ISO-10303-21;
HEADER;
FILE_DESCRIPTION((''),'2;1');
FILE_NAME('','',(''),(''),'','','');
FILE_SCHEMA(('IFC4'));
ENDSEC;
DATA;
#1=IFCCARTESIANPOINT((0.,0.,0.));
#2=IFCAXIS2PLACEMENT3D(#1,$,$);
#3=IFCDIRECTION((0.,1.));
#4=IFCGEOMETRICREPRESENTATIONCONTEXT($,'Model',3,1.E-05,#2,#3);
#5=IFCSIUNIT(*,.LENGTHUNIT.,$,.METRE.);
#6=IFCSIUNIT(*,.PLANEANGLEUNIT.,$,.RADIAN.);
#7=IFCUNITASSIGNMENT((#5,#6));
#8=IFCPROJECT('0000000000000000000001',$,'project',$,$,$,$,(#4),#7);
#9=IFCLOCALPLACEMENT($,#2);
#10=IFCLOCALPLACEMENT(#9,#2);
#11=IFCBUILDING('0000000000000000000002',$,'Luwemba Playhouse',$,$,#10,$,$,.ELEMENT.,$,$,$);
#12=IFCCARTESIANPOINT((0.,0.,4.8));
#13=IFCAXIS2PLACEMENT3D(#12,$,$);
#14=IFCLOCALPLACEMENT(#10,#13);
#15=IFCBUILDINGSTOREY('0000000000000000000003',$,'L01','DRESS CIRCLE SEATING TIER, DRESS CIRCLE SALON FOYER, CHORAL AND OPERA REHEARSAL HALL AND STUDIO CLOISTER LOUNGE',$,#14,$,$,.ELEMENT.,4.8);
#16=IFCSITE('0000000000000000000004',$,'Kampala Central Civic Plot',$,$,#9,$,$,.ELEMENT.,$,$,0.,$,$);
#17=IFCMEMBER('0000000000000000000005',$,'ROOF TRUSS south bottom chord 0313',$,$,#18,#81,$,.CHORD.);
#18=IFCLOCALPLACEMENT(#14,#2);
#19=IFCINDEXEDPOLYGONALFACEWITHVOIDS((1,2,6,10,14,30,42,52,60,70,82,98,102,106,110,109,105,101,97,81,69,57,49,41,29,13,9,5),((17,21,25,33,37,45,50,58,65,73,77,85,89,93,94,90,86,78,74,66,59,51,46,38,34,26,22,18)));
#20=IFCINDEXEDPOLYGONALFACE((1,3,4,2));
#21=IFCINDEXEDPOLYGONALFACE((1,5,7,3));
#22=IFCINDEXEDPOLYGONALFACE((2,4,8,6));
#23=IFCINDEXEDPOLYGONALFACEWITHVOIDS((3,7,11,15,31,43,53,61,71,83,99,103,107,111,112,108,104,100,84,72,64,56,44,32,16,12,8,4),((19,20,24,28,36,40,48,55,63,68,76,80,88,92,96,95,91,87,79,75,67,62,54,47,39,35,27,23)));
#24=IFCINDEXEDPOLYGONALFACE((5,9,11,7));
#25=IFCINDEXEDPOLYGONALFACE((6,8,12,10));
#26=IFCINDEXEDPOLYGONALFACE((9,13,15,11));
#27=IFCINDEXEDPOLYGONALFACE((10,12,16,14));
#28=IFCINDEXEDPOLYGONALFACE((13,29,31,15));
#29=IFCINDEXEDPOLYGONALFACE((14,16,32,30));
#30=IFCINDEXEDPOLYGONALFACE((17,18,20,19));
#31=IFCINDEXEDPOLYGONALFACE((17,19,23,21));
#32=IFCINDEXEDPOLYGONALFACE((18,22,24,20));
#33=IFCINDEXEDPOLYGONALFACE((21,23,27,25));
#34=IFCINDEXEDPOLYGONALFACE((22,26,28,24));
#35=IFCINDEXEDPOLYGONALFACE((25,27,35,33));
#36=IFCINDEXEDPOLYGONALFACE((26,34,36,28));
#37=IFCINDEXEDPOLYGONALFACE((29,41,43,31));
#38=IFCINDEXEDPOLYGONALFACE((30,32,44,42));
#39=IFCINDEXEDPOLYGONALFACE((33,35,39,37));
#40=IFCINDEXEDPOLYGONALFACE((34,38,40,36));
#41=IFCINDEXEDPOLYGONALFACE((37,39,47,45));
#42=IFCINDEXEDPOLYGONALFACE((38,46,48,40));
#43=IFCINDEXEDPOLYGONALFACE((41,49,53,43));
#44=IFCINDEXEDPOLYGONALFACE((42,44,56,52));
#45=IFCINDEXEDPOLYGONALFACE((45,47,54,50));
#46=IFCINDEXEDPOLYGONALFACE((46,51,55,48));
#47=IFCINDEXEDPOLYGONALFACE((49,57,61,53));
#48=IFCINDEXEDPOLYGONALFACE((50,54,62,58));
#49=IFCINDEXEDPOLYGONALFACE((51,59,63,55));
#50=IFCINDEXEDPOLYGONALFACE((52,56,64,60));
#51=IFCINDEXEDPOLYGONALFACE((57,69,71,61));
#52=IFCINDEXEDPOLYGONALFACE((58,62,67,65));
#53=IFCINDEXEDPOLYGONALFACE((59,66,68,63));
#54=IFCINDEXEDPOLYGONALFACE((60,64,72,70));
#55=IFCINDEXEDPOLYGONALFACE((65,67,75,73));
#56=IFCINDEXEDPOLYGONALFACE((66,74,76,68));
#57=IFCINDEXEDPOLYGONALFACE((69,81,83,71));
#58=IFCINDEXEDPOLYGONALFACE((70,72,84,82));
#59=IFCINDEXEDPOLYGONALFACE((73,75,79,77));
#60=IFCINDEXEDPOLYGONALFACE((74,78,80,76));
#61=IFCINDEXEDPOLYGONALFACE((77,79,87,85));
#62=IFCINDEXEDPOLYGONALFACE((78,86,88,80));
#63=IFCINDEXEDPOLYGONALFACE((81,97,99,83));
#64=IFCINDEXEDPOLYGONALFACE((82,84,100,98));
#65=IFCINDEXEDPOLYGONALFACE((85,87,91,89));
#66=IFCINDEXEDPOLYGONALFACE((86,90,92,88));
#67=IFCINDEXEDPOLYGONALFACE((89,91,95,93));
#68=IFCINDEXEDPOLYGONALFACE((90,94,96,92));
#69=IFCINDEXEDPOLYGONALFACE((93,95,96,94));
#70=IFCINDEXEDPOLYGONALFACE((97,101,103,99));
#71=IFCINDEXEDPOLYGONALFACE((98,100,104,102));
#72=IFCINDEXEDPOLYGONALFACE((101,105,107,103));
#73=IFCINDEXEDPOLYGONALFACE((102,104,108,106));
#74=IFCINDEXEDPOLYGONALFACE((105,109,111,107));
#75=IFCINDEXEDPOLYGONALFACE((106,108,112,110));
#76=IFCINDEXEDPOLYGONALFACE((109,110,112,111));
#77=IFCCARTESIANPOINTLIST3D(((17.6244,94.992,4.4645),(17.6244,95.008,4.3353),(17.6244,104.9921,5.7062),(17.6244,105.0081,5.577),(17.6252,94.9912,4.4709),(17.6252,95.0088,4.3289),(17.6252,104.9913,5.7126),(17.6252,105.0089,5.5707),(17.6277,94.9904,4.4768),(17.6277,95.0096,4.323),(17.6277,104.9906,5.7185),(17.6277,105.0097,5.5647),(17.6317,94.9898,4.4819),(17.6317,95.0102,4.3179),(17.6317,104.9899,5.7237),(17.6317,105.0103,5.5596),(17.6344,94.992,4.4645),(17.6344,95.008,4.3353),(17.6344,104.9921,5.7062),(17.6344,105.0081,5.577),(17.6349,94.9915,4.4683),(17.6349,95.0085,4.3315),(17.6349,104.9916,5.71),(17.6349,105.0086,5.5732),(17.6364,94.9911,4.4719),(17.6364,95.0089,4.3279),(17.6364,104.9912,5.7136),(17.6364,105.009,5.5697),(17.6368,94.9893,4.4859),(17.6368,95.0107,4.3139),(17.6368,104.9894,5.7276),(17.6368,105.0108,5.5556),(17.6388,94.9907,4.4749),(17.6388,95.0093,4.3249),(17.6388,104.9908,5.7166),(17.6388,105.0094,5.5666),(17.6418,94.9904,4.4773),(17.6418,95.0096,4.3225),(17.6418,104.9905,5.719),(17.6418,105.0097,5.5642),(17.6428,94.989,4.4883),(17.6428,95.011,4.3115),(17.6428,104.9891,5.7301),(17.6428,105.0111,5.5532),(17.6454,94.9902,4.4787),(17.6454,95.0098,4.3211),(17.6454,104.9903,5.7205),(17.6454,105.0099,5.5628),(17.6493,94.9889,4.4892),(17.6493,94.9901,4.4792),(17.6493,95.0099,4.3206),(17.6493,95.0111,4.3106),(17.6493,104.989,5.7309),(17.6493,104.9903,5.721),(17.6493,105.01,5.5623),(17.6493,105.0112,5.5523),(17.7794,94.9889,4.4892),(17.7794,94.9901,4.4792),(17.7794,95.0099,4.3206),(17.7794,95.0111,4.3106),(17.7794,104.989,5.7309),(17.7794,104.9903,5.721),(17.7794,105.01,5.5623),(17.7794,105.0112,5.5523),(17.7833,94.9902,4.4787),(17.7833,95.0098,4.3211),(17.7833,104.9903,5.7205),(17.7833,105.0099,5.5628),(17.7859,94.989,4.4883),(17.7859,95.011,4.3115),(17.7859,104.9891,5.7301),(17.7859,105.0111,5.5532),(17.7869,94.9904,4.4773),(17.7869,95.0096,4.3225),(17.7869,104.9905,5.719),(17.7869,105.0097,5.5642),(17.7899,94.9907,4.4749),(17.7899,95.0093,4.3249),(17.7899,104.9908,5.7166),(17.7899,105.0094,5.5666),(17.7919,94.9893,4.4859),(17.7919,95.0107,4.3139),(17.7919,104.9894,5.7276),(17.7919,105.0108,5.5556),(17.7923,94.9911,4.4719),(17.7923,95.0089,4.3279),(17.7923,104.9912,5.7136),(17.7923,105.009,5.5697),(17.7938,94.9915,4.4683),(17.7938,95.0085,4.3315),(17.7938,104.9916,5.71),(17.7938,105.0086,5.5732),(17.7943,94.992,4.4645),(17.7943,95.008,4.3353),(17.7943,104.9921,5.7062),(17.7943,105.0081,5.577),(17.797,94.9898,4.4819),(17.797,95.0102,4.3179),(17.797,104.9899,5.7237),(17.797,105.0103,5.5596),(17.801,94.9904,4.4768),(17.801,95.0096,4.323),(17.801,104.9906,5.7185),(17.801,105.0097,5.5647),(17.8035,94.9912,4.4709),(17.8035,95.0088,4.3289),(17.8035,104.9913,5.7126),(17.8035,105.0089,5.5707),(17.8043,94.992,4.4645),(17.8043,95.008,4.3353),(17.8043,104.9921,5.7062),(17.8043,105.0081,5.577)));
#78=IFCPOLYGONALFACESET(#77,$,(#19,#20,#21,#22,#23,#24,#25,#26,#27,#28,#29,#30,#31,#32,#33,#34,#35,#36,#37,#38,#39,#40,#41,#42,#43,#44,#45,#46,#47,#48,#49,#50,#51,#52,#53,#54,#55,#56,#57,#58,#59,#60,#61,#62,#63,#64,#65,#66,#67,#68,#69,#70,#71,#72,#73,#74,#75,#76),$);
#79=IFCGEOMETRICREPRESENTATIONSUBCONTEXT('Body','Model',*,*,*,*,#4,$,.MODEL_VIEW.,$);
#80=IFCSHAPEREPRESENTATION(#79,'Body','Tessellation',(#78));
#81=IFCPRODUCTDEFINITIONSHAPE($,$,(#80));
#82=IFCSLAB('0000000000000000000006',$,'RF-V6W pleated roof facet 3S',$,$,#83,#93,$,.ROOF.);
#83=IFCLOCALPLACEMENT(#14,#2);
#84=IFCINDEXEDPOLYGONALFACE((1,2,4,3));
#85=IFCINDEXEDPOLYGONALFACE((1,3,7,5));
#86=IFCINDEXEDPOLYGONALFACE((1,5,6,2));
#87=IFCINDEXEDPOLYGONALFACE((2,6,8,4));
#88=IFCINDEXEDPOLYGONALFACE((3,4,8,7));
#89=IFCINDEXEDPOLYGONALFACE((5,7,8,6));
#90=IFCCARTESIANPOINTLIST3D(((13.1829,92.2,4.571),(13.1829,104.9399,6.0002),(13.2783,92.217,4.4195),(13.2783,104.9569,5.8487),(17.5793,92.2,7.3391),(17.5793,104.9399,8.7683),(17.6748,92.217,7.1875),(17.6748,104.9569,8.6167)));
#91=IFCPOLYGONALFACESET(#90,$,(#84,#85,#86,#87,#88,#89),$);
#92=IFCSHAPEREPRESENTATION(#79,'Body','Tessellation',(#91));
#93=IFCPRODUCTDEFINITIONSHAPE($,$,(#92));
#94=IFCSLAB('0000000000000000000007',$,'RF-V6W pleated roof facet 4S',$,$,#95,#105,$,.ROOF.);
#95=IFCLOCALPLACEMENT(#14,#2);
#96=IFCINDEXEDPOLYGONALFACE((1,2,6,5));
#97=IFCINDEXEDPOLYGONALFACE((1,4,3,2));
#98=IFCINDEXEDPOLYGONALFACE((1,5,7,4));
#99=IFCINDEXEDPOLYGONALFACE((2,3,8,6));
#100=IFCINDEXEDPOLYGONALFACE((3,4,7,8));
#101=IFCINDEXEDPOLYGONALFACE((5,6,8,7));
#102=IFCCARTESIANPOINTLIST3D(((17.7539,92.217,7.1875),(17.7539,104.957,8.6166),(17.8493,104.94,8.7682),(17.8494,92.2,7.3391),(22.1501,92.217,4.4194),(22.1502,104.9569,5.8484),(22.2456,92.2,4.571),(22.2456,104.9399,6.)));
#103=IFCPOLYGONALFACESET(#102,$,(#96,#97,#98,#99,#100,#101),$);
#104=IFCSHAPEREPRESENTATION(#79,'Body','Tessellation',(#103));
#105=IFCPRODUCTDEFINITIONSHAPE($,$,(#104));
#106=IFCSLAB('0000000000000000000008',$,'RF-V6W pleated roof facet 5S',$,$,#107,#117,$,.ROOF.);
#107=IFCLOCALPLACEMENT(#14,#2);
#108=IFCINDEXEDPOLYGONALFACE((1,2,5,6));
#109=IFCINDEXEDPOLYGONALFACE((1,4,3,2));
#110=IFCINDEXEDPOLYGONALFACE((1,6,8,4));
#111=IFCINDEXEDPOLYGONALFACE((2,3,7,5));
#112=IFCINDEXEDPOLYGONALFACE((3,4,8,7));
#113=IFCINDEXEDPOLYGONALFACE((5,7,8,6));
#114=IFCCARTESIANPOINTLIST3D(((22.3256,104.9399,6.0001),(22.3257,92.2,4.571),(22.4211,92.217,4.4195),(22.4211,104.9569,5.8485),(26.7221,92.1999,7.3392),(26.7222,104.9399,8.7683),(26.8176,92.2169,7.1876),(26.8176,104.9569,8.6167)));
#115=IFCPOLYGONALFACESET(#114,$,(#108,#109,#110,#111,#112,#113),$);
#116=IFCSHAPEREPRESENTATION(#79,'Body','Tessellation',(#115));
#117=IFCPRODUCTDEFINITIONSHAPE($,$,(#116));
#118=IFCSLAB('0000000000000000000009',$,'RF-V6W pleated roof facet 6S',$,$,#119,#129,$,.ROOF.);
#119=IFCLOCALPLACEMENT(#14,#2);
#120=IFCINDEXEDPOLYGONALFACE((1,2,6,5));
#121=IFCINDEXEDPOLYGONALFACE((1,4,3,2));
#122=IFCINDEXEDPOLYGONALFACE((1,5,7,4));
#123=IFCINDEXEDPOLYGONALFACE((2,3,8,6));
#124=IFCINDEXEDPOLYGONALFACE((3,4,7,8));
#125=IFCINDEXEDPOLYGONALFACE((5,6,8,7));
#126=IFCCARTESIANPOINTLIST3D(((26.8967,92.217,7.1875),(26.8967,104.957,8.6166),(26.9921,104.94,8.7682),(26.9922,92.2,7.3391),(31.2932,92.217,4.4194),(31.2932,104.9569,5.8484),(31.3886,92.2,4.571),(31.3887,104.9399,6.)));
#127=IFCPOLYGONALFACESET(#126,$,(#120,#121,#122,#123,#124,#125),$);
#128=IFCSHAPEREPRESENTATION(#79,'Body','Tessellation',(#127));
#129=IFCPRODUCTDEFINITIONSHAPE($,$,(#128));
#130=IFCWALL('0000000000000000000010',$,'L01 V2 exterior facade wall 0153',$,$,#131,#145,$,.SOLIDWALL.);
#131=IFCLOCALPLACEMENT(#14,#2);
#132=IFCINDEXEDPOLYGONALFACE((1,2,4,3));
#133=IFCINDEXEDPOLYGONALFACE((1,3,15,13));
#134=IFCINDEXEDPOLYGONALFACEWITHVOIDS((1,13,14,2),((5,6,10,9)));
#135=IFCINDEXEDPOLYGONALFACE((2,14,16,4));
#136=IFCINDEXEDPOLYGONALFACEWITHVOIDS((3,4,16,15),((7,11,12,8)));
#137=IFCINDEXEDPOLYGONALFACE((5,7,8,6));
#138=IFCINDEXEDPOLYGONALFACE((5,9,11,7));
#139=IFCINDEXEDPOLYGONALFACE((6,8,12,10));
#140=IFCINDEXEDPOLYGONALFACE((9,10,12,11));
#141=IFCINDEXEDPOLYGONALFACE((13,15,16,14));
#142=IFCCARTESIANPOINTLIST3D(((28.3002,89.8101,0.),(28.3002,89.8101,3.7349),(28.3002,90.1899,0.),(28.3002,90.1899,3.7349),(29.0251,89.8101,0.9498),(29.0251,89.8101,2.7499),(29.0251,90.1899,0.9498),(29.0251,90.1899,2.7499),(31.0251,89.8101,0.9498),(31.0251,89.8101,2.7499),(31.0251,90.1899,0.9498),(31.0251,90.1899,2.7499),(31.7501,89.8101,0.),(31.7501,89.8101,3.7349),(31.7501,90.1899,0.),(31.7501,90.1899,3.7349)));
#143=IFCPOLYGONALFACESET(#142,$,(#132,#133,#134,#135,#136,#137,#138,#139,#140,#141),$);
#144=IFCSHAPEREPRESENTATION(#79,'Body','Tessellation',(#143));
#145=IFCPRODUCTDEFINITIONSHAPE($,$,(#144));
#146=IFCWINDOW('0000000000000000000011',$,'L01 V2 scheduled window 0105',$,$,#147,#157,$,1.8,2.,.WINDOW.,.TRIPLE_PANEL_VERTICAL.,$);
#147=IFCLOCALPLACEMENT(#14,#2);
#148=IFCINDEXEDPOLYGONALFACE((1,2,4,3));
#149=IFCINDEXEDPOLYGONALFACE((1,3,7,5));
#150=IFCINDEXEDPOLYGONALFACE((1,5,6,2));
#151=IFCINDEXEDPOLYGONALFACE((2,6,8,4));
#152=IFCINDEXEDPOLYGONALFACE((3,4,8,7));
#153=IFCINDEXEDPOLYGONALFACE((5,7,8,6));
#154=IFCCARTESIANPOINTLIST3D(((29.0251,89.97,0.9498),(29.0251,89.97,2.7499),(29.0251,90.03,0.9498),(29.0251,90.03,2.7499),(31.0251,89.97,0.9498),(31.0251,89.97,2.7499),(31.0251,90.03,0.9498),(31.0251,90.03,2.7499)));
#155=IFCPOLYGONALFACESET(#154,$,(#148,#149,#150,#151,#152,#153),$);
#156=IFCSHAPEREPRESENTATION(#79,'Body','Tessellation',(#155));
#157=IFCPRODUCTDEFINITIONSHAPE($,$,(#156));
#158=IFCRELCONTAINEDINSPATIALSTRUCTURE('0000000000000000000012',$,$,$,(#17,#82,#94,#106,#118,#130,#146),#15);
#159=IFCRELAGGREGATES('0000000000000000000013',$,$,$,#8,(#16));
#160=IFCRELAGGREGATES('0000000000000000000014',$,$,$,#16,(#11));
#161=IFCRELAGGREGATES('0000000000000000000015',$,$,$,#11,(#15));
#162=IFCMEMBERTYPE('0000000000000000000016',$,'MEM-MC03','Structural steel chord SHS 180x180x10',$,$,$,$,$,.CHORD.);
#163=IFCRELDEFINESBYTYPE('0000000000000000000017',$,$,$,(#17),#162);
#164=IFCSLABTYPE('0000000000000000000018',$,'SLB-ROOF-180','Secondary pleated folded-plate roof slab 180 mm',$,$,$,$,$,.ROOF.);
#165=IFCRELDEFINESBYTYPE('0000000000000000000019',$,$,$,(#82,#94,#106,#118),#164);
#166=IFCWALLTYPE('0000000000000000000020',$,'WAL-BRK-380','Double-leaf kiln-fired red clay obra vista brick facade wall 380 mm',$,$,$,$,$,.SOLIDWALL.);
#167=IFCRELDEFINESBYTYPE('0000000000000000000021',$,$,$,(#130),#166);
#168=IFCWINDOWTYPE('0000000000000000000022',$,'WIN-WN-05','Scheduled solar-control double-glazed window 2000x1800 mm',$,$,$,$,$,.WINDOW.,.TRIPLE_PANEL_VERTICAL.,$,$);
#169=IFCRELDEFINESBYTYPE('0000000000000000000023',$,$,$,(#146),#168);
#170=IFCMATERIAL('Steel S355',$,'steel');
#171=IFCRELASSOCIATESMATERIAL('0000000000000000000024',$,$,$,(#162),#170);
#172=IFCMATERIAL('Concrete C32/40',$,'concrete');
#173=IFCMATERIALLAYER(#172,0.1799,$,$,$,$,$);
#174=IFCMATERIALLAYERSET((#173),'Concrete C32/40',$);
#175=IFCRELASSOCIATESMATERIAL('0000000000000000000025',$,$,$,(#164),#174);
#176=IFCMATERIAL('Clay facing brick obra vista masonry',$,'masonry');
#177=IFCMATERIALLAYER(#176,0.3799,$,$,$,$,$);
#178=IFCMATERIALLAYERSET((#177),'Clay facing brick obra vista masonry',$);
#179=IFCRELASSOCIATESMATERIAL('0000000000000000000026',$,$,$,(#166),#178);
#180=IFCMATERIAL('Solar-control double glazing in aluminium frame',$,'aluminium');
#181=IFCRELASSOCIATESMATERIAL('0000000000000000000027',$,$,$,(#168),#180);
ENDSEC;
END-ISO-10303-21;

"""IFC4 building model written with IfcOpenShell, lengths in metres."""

from ifc_helpers import new_model, si_unit, direction, frame, frame_2d, origin, origin_2d, place, context, subcontext, project, spatial, polyline, rectangle, hollow_rectangle, outline, extrude, material, layer, layer_set, material_profile, profile_set, type_object, element, fill, save


model = new_model("IFC4")

# Units and contexts
model_context = context("Model", 3, precision=1e-05, world=origin(), true_north=direction((0.0, 1.0)))
body_context = subcontext(model_context, "Body", "Model", "MODEL_VIEW")
ifc_project = project(units=[si_unit("LENGTHUNIT", "METRE"), si_unit("PLANEANGLEUNIT", "RADIAN")], contexts=[model_context])

# Site, building, storey
site_placement = place(None, origin())
site = spatial("IfcSite", under=ifc_project, at=site_placement, Name="Kampala Central Civic Plot", CompositionType="ELEMENT", RefElevation=0.0)
building_placement = place(site_placement, origin())
building = spatial("IfcBuilding", under=site, at=building_placement, Name="Luwemba Playhouse", CompositionType="ELEMENT")
storey_placement = place(building_placement, frame((0.0, 0.0, 4.8)))
storey = spatial("IfcBuildingStorey", under=building, at=storey_placement, Name="L01", Description="DRESS CIRCLE SEATING TIER, DRESS CIRCLE SALON FOYER, CHORAL AND OPERA REHEARSAL HALL AND STUDIO CLOISTER LOUNGE", CompositionType="ELEMENT", Elevation=4.8)

# Shared definitions
ifc_material_1 = material(Name="Steel S355", Category="steel")

# Member
ifc_material_profile_1 = material_profile(ifc_material_1, hollow_rectangle(XDim=0.1799, YDim=0.1799, WallThickness=0.01, InnerFilletRadius=0.0149, OuterFilletRadius=0.0249, at=origin_2d()))
ifc_profile_set_1 = profile_set([ifc_material_profile_1], Name="Steel S355")
member_type = type_object("IfcMemberType", Name="MEM-MC03", Description="Structural steel chord SHS 180x180x10", PredefinedType="CHORD", material=ifc_profile_set_1)
member_placement = place(storey_placement, frame((17.7144, 95.0, 4.3999), z_axis=(0.0, 0.992379, 0.123224), x_axis=(-1.0, 0.0, 0.0)))
element("IfcMember", 1, at=member_placement, inside=storey, type_object=member_type, Name="ROOF TRUSS south bottom chord 0313", PredefinedType="CHORD", context=body_context, shape_type="SweptSolid", body=[
    extrude(hollow_rectangle(XDim=0.1799, YDim=0.1799, WallThickness=0.01, InnerFilletRadius=0.0149, OuterFilletRadius=0.0249, at=origin_2d()), origin(), (0.0, 0.0, 1.0), 10.0769),
])

# Slabs
ifc_material_2 = material(Name="Concrete C32/40", Category="concrete")
ifc_layer_1 = layer(ifc_material_2, 0.1799)
ifc_layer_set_1 = layer_set([ifc_layer_1], Name="Concrete C32/40")
slab_type = type_object("IfcSlabType", Name="SLB-ROOF-180", Description="Secondary pleated folded-plate roof slab 180 mm", PredefinedType="ROOF", material=ifc_layer_set_1)
slab_1_placement = place(storey_placement, frame((13.1829, 92.2, 4.571), z_axis=(-0.530416, -0.094508, 0.842453), x_axis=(0.846241, 0.0, 0.532801)))
element("IfcSlab", 2, at=slab_1_placement, inside=storey, type_object=slab_type, Name="RF-V6W pleated roof facet 3S", PredefinedType="ROOF", context=body_context, shape_type="SweptSolid", body=[
    extrude(outline(polyline([(0.0, 0.0), (5.1953, 0.0), (5.9568, 12.7973), (0.7615, 12.7973), (0.0, 0.0)])), origin(), (0.0, 0.0, -1.0), 0.1799),
])
slab_2_placement = place(storey_placement, frame((17.8494, 92.2, 7.3391), z_axis=(0.530454, -0.094498, 0.84243), x_axis=(0.846217, 0.000002, -0.532839)))
element("IfcSlab", 3, at=slab_2_placement, inside=storey, type_object=slab_type, Name="RF-V6W pleated roof facet 4S", PredefinedType="ROOF", context=body_context, shape_type="SweptSolid", body=[
    extrude(outline(polyline([(0.0, 0.0), (5.1951, 0.0), (4.4337, 12.7972), (-0.7615, 12.7973), (0.0, 0.0)])), origin(), (0.0, 0.0, -1.0), 0.1799),
])
slab_3_placement = place(storey_placement, frame((22.3257, 92.2, 4.571), z_axis=(-0.530433, -0.094499, 0.842443), x_axis=(0.84623, -0.000002, 0.532817)))
element("IfcSlab", 4, at=slab_3_placement, inside=storey, type_object=slab_type, Name="RF-V6W pleated roof facet 5S", PredefinedType="ROOF", context=body_context, shape_type="SweptSolid", body=[
    extrude(outline(polyline([(0.0, 0.0), (5.1953, 0.0), (5.9568, 12.7973), (0.7613, 12.7973), (0.0, 0.0)])), origin(), (0.0, 0.0, -1.0), 0.1799),
])
slab_4_placement = place(storey_placement, frame((26.9922, 92.2, 7.3391), z_axis=(0.530433, -0.094499, 0.842443), x_axis=(0.84623, 0.000002, -0.532817)))
element("IfcSlab", 5, at=slab_4_placement, inside=storey, type_object=slab_type, Name="RF-V6W pleated roof facet 6S", PredefinedType="ROOF", context=body_context, shape_type="SweptSolid", body=[
    extrude(outline(polyline([(0.0, 0.0), (5.1953, 0.0), (4.434, 12.7973), (-0.7615, 12.7973), (0.0, 0.0)])), origin(), (0.0, 0.0, -1.0), 0.1799),
])

# Wall, opening, window
ifc_material_3 = material(Name="Clay facing brick obra vista masonry", Category="masonry")
ifc_layer_2 = layer(ifc_material_3, 0.3799)
ifc_layer_set_2 = layer_set([ifc_layer_2], Name="Clay facing brick obra vista masonry")
wall_type_1 = type_object("IfcWallType", Name="WAL-BRK-380", Description="Double-leaf kiln-fired red clay obra vista brick facade wall 380 mm", PredefinedType="SOLIDWALL", material=ifc_layer_set_2)
wall_1_placement = place(storey_placement, frame((28.3, 90.0, 0.0), z_axis=(0.0, 0.0, 1.0), x_axis=(1.0, 0.0, 0.0)))
wall_1 = element("IfcWall", 6, at=wall_1_placement, inside=storey, type_object=wall_type_1, Name="L01 V2 exterior facade wall 0153", PredefinedType="SOLIDWALL", context=body_context, shape_type="SweptSolid", body=[
    extrude(rectangle(XDim=3.45, YDim=0.3799, at=frame_2d((1.7251, 0.0))), origin(), (0.0, 0.0, 1.0), 3.7349),
])
opening_1_placement = place(wall_1_placement, frame((0.7251, 0.0, 0.95)))
opening_1 = element("IfcOpeningElement", 7, at=opening_1_placement, cuts=wall_1, PredefinedType="OPENING", context=body_context, shape_type="SweptSolid", body=[
    extrude(rectangle(XDim=2.0, YDim=1.8, at=frame_2d((1.0, 0.8999))), frame((0.0, 0.2, 0.0), z_axis=(0.0, -1.0, 0.0), x_axis=(1.0, 0.0, 0.0)), (0.0, 0.0, 1.0), 0.3999),
])
ifc_material_4 = material(Name="Solar-control double glazing in aluminium frame", Category="aluminium")
window_type_1 = type_object("IfcWindowType", Name="WIN-WN-05", Description="Scheduled solar-control double-glazed window 2000x1800 mm", PartitioningType="TRIPLE_PANEL_VERTICAL", PredefinedType="WINDOW", material=ifc_material_4)
window_1_placement = place(opening_1_placement, origin())
window_1 = element("IfcWindow", 8, at=window_1_placement, inside=storey, type_object=window_type_1, Name="L01 V2 scheduled window 0105", OverallHeight=1.8, OverallWidth=2.0, PartitioningType="TRIPLE_PANEL_VERTICAL", PredefinedType="WINDOW", context=body_context, shape_type="SweptSolid", body=[
    extrude(rectangle(XDim=2.0, YDim=1.8, at=frame_2d((1.0, 0.8999))), frame((0.0, 0.03, 0.0), z_axis=(0.0, -1.0, 0.0), x_axis=(1.0, 0.0, 0.0)), (0.0, 0.0, 1.0), 0.0601),
])
fill(opening_1, window_1)

save(model, "model.ifc")
